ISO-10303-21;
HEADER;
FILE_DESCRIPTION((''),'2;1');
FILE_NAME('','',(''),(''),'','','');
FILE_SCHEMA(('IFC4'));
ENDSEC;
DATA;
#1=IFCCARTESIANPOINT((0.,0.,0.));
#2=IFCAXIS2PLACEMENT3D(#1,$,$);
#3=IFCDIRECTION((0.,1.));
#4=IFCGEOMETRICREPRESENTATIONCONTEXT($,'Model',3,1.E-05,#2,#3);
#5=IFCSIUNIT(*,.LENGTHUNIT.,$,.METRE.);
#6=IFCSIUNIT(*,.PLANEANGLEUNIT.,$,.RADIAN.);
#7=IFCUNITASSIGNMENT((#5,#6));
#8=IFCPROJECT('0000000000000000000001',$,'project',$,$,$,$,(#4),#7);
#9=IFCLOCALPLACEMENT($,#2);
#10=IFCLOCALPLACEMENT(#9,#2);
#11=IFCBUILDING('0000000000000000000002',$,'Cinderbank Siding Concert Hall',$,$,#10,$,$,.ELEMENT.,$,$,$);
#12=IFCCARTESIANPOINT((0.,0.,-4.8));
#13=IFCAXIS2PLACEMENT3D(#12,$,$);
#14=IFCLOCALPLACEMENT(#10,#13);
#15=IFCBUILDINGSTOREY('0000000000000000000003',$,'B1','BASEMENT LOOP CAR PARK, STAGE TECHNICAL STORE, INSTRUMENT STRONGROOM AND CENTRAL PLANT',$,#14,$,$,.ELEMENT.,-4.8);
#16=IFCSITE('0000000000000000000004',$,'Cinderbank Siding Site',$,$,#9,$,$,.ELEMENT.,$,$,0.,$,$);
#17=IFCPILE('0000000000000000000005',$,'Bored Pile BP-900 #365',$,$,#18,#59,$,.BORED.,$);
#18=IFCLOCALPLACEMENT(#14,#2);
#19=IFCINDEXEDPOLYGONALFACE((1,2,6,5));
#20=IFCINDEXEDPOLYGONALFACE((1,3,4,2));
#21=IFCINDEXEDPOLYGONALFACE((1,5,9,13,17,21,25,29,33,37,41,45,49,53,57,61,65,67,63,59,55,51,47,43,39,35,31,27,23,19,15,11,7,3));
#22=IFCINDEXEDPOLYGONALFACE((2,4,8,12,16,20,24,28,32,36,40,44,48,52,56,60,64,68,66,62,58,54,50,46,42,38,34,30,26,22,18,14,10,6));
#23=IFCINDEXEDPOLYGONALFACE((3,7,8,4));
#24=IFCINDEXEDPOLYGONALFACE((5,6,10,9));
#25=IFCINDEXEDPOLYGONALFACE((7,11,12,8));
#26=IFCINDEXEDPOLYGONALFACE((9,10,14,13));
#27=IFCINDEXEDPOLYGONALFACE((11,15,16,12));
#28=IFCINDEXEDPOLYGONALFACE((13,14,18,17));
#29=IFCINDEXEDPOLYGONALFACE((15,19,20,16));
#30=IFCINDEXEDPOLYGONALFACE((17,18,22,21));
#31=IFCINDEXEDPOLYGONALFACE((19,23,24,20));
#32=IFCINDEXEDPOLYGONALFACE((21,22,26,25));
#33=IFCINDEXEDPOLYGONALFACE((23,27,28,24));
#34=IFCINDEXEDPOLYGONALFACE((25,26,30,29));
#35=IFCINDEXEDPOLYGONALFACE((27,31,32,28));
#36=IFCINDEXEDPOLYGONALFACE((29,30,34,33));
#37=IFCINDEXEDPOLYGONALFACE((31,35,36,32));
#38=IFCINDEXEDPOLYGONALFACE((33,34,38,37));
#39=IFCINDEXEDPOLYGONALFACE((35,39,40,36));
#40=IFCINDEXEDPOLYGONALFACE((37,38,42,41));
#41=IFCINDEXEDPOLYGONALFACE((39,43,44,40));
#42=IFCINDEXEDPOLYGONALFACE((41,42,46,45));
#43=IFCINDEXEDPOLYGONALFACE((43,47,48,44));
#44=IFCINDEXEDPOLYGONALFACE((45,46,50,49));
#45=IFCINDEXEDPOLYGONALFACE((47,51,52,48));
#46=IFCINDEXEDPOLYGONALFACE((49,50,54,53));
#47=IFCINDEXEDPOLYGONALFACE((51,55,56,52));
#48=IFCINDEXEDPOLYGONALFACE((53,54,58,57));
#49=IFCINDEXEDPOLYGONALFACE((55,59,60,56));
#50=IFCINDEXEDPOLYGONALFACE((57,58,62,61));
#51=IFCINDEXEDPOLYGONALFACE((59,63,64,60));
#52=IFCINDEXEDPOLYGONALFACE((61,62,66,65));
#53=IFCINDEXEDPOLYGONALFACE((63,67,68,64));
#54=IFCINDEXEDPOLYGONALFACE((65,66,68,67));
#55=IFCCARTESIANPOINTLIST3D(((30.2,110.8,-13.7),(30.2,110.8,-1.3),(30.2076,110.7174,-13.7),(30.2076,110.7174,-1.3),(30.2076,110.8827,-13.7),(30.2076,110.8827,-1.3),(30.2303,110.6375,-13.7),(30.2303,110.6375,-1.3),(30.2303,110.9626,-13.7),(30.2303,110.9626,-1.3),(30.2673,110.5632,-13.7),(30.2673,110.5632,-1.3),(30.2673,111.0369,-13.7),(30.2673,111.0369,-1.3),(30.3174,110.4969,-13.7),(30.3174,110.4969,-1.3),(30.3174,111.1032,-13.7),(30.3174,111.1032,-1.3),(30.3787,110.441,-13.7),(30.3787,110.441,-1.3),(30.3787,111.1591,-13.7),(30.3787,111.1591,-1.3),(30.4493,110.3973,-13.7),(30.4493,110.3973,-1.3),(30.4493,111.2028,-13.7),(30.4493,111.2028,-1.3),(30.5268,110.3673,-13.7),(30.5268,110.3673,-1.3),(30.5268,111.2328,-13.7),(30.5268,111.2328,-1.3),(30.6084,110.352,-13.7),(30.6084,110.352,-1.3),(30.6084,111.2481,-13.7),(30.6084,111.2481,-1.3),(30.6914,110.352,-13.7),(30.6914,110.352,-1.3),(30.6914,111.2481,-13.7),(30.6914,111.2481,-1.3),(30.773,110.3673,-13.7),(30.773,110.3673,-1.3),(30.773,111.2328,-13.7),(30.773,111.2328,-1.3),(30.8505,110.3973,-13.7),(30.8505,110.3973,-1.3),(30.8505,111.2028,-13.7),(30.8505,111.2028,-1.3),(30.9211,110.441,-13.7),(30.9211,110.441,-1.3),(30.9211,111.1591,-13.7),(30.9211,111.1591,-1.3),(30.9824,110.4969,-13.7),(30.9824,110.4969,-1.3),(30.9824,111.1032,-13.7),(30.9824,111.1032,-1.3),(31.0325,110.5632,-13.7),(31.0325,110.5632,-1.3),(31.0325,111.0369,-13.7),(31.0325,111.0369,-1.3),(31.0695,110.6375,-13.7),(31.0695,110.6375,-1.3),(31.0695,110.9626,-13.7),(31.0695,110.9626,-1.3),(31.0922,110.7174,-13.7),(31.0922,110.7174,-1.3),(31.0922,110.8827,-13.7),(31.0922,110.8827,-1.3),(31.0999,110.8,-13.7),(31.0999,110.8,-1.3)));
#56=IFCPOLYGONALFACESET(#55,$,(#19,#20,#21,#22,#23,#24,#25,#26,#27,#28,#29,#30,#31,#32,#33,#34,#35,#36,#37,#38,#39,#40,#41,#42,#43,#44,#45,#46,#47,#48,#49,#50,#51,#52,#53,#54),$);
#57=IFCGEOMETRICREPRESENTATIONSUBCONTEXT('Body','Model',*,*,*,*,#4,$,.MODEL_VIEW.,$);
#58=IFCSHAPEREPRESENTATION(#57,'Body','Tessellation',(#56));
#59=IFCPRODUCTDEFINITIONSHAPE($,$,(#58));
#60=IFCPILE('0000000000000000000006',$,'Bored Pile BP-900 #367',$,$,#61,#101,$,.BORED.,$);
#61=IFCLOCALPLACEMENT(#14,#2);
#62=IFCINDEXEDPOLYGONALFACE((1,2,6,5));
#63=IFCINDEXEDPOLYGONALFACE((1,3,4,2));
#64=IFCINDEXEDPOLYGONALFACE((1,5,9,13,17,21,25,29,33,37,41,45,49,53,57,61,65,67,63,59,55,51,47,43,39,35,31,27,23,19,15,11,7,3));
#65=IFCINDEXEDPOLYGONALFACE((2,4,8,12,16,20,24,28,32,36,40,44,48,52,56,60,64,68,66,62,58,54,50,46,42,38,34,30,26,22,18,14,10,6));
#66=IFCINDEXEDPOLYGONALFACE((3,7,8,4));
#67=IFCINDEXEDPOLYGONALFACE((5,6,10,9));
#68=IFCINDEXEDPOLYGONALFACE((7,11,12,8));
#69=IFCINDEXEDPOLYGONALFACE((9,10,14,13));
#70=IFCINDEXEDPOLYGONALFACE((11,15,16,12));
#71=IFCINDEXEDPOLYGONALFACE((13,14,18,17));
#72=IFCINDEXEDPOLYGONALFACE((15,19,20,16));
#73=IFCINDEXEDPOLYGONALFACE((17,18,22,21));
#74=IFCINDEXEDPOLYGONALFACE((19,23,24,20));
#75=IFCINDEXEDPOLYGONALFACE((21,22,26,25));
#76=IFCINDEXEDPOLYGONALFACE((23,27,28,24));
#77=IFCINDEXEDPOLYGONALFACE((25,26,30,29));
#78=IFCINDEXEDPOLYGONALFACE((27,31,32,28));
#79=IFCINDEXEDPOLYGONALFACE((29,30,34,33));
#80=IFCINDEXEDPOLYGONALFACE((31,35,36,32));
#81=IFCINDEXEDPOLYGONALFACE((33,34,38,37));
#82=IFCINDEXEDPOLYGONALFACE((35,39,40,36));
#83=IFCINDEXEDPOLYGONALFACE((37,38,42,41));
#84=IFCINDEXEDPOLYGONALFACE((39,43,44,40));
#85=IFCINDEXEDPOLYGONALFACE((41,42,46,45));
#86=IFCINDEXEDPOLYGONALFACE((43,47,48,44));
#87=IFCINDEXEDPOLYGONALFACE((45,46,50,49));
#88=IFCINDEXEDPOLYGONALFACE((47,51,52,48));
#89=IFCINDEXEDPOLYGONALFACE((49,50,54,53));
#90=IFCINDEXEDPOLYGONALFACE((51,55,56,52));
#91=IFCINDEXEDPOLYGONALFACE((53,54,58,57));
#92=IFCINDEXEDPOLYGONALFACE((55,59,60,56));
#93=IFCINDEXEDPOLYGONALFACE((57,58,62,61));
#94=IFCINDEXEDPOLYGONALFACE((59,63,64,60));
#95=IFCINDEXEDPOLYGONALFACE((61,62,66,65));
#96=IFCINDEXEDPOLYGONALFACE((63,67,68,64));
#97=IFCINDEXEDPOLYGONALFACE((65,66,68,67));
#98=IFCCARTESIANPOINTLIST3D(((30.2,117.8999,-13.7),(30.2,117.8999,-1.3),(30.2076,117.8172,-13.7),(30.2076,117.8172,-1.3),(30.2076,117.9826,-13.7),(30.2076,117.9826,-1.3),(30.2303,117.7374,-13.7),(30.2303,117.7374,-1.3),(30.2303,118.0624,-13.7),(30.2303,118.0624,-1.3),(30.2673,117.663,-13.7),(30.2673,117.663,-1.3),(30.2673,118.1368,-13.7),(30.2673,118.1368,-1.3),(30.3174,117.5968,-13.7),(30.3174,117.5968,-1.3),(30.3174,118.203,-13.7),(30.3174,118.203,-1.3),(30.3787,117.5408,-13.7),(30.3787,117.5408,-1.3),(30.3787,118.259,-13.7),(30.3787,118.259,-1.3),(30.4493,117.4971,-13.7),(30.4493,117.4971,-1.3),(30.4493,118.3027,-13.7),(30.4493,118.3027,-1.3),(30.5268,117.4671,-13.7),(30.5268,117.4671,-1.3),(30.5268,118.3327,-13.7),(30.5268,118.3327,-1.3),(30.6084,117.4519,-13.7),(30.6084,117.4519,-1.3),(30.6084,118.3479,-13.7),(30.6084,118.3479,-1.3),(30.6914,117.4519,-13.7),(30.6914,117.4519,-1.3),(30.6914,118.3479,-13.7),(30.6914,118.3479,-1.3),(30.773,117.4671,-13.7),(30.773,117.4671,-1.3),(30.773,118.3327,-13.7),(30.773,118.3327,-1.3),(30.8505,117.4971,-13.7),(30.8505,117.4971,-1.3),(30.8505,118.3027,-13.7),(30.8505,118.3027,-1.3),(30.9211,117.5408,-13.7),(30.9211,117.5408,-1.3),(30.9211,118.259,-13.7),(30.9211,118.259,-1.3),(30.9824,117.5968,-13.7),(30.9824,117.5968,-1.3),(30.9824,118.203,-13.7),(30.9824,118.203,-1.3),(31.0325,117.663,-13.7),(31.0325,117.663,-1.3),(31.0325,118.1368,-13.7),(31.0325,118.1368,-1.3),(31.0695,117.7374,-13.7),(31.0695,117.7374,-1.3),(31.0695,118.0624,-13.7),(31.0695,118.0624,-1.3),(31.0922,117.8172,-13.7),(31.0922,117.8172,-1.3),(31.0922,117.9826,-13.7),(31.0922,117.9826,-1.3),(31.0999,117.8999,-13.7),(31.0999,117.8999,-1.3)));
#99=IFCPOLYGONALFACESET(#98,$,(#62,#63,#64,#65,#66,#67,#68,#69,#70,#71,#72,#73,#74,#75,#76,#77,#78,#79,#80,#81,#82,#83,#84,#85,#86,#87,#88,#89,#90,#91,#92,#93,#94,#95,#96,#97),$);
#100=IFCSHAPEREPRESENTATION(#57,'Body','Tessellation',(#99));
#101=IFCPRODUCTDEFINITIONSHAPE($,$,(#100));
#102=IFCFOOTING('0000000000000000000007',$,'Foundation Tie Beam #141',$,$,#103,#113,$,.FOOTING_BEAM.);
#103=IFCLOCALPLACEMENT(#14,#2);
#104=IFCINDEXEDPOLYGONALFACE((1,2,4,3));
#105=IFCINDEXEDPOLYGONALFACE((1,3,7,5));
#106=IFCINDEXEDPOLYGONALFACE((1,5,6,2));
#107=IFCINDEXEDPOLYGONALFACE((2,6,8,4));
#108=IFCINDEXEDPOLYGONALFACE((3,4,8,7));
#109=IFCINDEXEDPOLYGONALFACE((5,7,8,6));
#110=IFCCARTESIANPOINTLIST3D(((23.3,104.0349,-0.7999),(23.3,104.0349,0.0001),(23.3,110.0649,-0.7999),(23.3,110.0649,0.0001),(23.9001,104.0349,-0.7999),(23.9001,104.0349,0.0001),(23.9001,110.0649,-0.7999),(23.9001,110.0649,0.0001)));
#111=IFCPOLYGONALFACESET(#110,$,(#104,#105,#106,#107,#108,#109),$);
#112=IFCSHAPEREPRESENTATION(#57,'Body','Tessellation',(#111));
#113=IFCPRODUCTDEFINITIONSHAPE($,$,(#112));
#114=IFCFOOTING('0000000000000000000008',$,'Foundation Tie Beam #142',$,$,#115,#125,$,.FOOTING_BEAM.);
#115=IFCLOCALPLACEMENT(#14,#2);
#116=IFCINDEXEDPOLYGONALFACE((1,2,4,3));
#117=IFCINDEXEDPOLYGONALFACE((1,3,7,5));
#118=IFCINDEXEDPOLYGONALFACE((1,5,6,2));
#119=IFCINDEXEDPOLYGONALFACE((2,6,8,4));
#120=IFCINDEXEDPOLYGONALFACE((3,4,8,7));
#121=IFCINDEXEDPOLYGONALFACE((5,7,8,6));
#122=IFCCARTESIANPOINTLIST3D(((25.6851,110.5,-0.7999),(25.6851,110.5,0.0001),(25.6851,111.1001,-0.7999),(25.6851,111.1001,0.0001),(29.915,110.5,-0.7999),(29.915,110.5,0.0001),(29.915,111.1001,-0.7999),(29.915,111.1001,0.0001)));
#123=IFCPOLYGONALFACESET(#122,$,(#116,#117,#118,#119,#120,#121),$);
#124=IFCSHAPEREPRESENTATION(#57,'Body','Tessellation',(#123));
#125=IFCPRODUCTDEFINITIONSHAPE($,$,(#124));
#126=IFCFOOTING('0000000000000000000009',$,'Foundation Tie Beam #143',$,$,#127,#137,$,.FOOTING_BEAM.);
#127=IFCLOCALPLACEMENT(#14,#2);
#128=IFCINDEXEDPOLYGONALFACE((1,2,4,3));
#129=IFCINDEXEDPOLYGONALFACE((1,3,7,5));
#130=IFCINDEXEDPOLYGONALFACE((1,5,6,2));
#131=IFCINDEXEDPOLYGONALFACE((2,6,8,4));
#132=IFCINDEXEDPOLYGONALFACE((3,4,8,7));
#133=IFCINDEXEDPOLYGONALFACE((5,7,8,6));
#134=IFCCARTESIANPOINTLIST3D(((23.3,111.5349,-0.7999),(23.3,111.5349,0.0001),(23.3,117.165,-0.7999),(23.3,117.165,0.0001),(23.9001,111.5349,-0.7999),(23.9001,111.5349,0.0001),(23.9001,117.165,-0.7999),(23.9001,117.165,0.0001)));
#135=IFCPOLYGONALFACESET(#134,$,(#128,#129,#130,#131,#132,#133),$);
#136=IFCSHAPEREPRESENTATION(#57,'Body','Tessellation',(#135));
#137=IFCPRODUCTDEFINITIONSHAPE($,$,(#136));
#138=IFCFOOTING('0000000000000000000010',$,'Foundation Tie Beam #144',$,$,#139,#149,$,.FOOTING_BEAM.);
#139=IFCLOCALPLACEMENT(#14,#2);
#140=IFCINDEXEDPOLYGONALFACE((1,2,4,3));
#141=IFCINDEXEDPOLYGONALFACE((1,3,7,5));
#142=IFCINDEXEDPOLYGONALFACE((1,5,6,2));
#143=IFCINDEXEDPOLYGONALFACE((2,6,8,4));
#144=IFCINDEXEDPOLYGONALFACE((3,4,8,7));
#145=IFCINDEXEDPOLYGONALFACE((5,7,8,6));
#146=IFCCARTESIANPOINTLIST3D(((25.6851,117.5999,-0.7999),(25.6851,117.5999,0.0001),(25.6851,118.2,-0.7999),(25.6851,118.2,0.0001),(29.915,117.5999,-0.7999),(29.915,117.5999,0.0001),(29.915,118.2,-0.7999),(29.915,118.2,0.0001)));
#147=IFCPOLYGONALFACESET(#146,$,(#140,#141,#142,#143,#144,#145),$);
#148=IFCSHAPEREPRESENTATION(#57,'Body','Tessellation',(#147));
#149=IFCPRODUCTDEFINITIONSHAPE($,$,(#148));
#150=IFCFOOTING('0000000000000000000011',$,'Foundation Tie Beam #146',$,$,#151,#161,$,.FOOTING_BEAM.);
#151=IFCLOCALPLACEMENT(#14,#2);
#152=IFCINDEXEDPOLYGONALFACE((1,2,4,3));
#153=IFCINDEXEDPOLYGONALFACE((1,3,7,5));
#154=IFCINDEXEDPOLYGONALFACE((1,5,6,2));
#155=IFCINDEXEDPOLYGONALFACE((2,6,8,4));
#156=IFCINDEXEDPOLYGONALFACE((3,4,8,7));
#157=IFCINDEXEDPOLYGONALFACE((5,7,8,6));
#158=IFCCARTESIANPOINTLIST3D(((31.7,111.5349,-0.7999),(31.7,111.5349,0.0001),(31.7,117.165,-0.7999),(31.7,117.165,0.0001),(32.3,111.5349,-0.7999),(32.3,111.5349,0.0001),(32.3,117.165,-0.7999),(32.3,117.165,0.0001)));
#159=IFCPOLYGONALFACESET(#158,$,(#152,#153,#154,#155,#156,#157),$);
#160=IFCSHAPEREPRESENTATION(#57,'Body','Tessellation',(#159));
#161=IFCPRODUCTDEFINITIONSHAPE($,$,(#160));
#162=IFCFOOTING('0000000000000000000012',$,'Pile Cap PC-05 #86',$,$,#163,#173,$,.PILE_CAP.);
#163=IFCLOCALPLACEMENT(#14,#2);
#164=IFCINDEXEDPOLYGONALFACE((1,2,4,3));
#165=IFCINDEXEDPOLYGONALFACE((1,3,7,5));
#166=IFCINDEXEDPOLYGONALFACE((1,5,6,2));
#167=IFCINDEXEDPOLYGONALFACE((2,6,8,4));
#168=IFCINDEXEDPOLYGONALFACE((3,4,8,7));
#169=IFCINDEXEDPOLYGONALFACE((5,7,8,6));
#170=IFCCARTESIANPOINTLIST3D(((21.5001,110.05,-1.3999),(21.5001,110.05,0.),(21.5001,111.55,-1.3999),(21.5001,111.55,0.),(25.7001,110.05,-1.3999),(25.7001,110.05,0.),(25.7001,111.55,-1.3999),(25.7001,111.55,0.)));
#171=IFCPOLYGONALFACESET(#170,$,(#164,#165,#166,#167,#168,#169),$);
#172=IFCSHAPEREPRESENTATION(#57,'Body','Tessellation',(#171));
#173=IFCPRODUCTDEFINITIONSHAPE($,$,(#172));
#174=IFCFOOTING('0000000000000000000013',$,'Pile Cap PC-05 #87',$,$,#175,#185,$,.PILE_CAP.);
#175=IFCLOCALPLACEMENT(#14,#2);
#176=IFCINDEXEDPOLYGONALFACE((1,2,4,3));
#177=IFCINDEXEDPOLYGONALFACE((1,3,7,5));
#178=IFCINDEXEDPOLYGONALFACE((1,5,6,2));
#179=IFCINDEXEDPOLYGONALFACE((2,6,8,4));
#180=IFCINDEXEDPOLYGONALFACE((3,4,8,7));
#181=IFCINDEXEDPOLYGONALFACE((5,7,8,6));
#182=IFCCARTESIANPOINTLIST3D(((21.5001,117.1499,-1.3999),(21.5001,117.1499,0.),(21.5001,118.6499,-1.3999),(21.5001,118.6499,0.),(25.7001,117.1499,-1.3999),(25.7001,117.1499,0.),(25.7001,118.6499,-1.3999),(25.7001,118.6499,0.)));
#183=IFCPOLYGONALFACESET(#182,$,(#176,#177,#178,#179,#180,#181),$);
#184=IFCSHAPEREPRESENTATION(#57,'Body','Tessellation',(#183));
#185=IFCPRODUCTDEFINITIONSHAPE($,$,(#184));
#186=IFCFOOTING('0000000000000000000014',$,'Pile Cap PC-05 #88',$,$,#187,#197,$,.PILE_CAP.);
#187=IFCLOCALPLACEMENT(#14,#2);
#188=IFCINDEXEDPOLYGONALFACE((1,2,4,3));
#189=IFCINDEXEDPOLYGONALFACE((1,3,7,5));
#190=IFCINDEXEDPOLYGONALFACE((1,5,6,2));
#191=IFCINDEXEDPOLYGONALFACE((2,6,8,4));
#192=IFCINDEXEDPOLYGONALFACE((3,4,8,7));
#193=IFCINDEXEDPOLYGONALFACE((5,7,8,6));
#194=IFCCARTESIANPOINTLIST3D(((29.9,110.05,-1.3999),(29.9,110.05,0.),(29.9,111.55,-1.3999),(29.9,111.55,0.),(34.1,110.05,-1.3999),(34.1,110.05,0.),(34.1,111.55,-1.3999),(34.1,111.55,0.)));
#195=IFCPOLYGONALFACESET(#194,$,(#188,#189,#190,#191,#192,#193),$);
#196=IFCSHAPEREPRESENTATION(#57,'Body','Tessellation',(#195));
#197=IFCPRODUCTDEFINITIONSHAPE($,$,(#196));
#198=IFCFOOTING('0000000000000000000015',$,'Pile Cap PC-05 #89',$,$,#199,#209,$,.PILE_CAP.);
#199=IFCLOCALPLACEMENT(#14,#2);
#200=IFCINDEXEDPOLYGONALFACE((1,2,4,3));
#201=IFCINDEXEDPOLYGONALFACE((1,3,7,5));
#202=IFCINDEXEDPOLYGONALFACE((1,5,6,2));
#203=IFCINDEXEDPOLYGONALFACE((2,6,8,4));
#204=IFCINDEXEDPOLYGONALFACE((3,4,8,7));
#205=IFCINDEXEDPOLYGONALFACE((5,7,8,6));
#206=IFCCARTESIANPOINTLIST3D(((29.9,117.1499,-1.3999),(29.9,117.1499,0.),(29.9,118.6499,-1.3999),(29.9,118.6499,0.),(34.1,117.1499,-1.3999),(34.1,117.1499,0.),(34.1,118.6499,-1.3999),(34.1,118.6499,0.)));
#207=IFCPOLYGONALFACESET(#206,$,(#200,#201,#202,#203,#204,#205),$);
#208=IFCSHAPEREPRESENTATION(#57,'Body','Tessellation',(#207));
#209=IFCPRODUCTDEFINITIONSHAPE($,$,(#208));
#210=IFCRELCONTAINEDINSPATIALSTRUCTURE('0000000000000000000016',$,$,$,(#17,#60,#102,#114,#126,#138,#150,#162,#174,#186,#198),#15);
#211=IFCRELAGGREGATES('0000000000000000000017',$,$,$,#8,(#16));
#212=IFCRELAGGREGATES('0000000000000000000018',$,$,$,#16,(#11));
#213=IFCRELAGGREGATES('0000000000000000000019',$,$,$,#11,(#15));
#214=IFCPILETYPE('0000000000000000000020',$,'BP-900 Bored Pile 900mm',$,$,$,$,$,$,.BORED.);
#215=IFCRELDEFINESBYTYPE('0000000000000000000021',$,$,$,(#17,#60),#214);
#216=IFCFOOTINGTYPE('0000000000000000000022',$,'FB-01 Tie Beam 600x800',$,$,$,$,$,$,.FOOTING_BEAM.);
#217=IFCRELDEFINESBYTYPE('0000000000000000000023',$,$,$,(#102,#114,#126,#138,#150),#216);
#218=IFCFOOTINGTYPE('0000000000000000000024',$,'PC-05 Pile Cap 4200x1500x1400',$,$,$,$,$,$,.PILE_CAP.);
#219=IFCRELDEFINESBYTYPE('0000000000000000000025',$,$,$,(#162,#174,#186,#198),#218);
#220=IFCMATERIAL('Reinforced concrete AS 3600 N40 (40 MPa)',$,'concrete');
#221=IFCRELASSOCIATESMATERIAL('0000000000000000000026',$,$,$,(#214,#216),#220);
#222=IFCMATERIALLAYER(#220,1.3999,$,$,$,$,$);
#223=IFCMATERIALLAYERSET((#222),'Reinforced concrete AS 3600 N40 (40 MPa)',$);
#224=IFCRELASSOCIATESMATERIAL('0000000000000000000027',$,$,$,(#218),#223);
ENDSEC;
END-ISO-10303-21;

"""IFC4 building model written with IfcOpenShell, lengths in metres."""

from ifc_helpers import new_model, si_unit, direction, frame, origin, origin_2d, place, context, subcontext, project, spatial, rectangle, circle, extrude, material, layer, layer_set, material_profile, profile_set, type_object, element, save


model = new_model("IFC4")

# Units and contexts
model_context = context("Model", 3, precision=1e-05, world=origin(), true_north=direction((0.0, 1.0)))
body_context = subcontext(model_context, "Body", "Model", "MODEL_VIEW")
ifc_project = project(units=[si_unit("LENGTHUNIT", "METRE"), si_unit("PLANEANGLEUNIT", "RADIAN")], contexts=[model_context])

# Site, building, storey
site_placement = place(None, origin())
site = spatial("IfcSite", under=ifc_project, at=site_placement, Name="Cinderbank Siding Site", CompositionType="ELEMENT", RefElevation=0.0)
building_placement = place(site_placement, origin())
building = spatial("IfcBuilding", under=site, at=building_placement, Name="Cinderbank Siding Concert Hall", CompositionType="ELEMENT")
storey_placement = place(building_placement, frame((0.0, 0.0, -4.8)))
storey = spatial("IfcBuildingStorey", under=building, at=storey_placement, Name="B1", Description="BASEMENT LOOP CAR PARK, STAGE TECHNICAL STORE, INSTRUMENT STRONGROOM AND CENTRAL PLANT", CompositionType="ELEMENT", Elevation=-4.8)

# Piles
ifc_material_1 = material(Name="Reinforced concrete AS 3600 N40 (40 MPa)", Category="concrete")
ifc_material_profile_1 = material_profile(ifc_material_1, circle(Radius=0.45, at=origin_2d()), Name="PILE-900DIA", Category="LoadBearing")
ifc_profile_set_1 = profile_set([ifc_material_profile_1], Name="Reinforced concrete AS 3600 N40 (40 MPa)")
pile_type = type_object("IfcPileType", Name="BP-900 Bored Pile 900mm", PredefinedType="BORED", material=ifc_profile_set_1)
for number, where, z_axis, x_axis, name in (
    (1, (30.6499, 110.8, -1.3), (0.0, 0.0, -1.0), (1.0, 0.0, 0.0), "Bored Pile BP-900 #365"),
    (2, (30.6499, 117.8999, -1.3), (0.0, 0.0, -1.0), (1.0, 0.0, 0.0), "Bored Pile BP-900 #367"),
):
    element("IfcPile", number, at=place(storey_placement, frame(where, z_axis=z_axis, x_axis=x_axis)), inside=storey, type_object=pile_type, Name=name, PredefinedType="BORED", context=body_context, shape_type="SweptSolid", body=[
        extrude(circle(Radius=0.45, at=origin_2d()), origin(), (0.0, 0.0, 1.0), 12.3999),
    ])

# Footings
ifc_material_profile_2 = material_profile(ifc_material_1, rectangle(XDim=0.6001, YDim=0.8, at=origin_2d()), Name="RC-FB-600x800", Category="LoadBearing")
ifc_profile_set_2 = profile_set([ifc_material_profile_2], Name="Reinforced concrete AS 3600 N40 (40 MPa)")
footing_type_1 = type_object("IfcFootingType", Name="FB-01 Tie Beam 600x800", PredefinedType="FOOTING_BEAM", material=ifc_profile_set_2)
footing_1_placement = place(storey_placement, frame((23.6001, 104.0349, -0.3999), z_axis=(0.0, 1.0, 0.0), x_axis=(-1.0, 0.0, 0.0)))
element("IfcFooting", 3, at=footing_1_placement, inside=storey, type_object=footing_type_1, Name="Foundation Tie Beam #141", PredefinedType="FOOTING_BEAM", context=body_context, shape_type="SweptSolid", body=[
    extrude(rectangle(XDim=0.6001, YDim=0.8, at=origin_2d()), origin(), (0.0, 0.0, 1.0), 6.03),
])
footing_2_placement = place(storey_placement, frame((25.6851, 110.8, -0.3999), z_axis=(1.0, 0.0, 0.0), x_axis=(0.0, 1.0, 0.0)))
element("IfcFooting", 4, at=footing_2_placement, inside=storey, type_object=footing_type_1, Name="Foundation Tie Beam #142", PredefinedType="FOOTING_BEAM", context=body_context, shape_type="SweptSolid", body=[
    extrude(rectangle(XDim=0.6001, YDim=0.8, at=origin_2d()), origin(), (0.0, 0.0, 1.0), 4.23),
])
footing_3_placement = place(storey_placement, frame((23.6001, 111.5349, -0.3999), z_axis=(0.0, 1.0, 0.0), x_axis=(-1.0, 0.0, 0.0)))
element("IfcFooting", 5, at=footing_3_placement, inside=storey, type_object=footing_type_1, Name="Foundation Tie Beam #143", PredefinedType="FOOTING_BEAM", context=body_context, shape_type="SweptSolid", body=[
    extrude(rectangle(XDim=0.6001, YDim=0.8, at=origin_2d()), origin(), (0.0, 0.0, 1.0), 5.6301),
])
footing_4_placement = place(storey_placement, frame((25.6851, 117.8999, -0.3999), z_axis=(1.0, 0.0, 0.0), x_axis=(0.0, 1.0, 0.0)))
element("IfcFooting", 6, at=footing_4_placement, inside=storey, type_object=footing_type_1, Name="Foundation Tie Beam #144", PredefinedType="FOOTING_BEAM", context=body_context, shape_type="SweptSolid", body=[
    extrude(rectangle(XDim=0.6001, YDim=0.8, at=origin_2d()), origin(), (0.0, 0.0, 1.0), 4.23),
])
footing_5_placement = place(storey_placement, frame((32.0, 111.5349, -0.3999), z_axis=(0.0, 1.0, 0.0), x_axis=(-1.0, 0.0, 0.0)))
element("IfcFooting", 7, at=footing_5_placement, inside=storey, type_object=footing_type_1, Name="Foundation Tie Beam #146", PredefinedType="FOOTING_BEAM", context=body_context, shape_type="SweptSolid", body=[
    extrude(rectangle(XDim=0.6001, YDim=0.8, at=origin_2d()), origin(), (0.0, 0.0, 1.0), 5.6301),
])
ifc_layer_1 = layer(ifc_material_1, 1.3999)
ifc_layer_set_1 = layer_set([ifc_layer_1], Name="Reinforced concrete AS 3600 N40 (40 MPa)")
footing_type_2 = type_object("IfcFootingType", Name="PC-05 Pile Cap 4200x1500x1400", PredefinedType="PILE_CAP", material=ifc_layer_set_1)
for number, where, z_axis, x_axis, name in (
    (8, (23.6001, 110.8, -1.3999), (0.0, 0.0, 1.0), (1.0, 0.0, 0.0), "Pile Cap PC-05 #86"),
    (9, (23.6001, 117.8999, -1.3999), (0.0, 0.0, 1.0), (1.0, 0.0, 0.0), "Pile Cap PC-05 #87"),
    (10, (32.0, 110.8, -1.3999), (0.0, 0.0, 1.0), (1.0, 0.0, 0.0), "Pile Cap PC-05 #88"),
    (11, (32.0, 117.8999, -1.3999), (0.0, 0.0, 1.0), (1.0, 0.0, 0.0), "Pile Cap PC-05 #89"),
):
    element("IfcFooting", number, at=place(storey_placement, frame(where, z_axis=z_axis, x_axis=x_axis)), inside=storey, type_object=footing_type_2, Name=name, PredefinedType="PILE_CAP", context=body_context, shape_type="SweptSolid", body=[
        extrude(rectangle(XDim=4.2, YDim=1.5, at=origin_2d()), origin(), (0.0, 0.0, 1.0), 1.3999),
    ])

save(model, "model.ifc")
